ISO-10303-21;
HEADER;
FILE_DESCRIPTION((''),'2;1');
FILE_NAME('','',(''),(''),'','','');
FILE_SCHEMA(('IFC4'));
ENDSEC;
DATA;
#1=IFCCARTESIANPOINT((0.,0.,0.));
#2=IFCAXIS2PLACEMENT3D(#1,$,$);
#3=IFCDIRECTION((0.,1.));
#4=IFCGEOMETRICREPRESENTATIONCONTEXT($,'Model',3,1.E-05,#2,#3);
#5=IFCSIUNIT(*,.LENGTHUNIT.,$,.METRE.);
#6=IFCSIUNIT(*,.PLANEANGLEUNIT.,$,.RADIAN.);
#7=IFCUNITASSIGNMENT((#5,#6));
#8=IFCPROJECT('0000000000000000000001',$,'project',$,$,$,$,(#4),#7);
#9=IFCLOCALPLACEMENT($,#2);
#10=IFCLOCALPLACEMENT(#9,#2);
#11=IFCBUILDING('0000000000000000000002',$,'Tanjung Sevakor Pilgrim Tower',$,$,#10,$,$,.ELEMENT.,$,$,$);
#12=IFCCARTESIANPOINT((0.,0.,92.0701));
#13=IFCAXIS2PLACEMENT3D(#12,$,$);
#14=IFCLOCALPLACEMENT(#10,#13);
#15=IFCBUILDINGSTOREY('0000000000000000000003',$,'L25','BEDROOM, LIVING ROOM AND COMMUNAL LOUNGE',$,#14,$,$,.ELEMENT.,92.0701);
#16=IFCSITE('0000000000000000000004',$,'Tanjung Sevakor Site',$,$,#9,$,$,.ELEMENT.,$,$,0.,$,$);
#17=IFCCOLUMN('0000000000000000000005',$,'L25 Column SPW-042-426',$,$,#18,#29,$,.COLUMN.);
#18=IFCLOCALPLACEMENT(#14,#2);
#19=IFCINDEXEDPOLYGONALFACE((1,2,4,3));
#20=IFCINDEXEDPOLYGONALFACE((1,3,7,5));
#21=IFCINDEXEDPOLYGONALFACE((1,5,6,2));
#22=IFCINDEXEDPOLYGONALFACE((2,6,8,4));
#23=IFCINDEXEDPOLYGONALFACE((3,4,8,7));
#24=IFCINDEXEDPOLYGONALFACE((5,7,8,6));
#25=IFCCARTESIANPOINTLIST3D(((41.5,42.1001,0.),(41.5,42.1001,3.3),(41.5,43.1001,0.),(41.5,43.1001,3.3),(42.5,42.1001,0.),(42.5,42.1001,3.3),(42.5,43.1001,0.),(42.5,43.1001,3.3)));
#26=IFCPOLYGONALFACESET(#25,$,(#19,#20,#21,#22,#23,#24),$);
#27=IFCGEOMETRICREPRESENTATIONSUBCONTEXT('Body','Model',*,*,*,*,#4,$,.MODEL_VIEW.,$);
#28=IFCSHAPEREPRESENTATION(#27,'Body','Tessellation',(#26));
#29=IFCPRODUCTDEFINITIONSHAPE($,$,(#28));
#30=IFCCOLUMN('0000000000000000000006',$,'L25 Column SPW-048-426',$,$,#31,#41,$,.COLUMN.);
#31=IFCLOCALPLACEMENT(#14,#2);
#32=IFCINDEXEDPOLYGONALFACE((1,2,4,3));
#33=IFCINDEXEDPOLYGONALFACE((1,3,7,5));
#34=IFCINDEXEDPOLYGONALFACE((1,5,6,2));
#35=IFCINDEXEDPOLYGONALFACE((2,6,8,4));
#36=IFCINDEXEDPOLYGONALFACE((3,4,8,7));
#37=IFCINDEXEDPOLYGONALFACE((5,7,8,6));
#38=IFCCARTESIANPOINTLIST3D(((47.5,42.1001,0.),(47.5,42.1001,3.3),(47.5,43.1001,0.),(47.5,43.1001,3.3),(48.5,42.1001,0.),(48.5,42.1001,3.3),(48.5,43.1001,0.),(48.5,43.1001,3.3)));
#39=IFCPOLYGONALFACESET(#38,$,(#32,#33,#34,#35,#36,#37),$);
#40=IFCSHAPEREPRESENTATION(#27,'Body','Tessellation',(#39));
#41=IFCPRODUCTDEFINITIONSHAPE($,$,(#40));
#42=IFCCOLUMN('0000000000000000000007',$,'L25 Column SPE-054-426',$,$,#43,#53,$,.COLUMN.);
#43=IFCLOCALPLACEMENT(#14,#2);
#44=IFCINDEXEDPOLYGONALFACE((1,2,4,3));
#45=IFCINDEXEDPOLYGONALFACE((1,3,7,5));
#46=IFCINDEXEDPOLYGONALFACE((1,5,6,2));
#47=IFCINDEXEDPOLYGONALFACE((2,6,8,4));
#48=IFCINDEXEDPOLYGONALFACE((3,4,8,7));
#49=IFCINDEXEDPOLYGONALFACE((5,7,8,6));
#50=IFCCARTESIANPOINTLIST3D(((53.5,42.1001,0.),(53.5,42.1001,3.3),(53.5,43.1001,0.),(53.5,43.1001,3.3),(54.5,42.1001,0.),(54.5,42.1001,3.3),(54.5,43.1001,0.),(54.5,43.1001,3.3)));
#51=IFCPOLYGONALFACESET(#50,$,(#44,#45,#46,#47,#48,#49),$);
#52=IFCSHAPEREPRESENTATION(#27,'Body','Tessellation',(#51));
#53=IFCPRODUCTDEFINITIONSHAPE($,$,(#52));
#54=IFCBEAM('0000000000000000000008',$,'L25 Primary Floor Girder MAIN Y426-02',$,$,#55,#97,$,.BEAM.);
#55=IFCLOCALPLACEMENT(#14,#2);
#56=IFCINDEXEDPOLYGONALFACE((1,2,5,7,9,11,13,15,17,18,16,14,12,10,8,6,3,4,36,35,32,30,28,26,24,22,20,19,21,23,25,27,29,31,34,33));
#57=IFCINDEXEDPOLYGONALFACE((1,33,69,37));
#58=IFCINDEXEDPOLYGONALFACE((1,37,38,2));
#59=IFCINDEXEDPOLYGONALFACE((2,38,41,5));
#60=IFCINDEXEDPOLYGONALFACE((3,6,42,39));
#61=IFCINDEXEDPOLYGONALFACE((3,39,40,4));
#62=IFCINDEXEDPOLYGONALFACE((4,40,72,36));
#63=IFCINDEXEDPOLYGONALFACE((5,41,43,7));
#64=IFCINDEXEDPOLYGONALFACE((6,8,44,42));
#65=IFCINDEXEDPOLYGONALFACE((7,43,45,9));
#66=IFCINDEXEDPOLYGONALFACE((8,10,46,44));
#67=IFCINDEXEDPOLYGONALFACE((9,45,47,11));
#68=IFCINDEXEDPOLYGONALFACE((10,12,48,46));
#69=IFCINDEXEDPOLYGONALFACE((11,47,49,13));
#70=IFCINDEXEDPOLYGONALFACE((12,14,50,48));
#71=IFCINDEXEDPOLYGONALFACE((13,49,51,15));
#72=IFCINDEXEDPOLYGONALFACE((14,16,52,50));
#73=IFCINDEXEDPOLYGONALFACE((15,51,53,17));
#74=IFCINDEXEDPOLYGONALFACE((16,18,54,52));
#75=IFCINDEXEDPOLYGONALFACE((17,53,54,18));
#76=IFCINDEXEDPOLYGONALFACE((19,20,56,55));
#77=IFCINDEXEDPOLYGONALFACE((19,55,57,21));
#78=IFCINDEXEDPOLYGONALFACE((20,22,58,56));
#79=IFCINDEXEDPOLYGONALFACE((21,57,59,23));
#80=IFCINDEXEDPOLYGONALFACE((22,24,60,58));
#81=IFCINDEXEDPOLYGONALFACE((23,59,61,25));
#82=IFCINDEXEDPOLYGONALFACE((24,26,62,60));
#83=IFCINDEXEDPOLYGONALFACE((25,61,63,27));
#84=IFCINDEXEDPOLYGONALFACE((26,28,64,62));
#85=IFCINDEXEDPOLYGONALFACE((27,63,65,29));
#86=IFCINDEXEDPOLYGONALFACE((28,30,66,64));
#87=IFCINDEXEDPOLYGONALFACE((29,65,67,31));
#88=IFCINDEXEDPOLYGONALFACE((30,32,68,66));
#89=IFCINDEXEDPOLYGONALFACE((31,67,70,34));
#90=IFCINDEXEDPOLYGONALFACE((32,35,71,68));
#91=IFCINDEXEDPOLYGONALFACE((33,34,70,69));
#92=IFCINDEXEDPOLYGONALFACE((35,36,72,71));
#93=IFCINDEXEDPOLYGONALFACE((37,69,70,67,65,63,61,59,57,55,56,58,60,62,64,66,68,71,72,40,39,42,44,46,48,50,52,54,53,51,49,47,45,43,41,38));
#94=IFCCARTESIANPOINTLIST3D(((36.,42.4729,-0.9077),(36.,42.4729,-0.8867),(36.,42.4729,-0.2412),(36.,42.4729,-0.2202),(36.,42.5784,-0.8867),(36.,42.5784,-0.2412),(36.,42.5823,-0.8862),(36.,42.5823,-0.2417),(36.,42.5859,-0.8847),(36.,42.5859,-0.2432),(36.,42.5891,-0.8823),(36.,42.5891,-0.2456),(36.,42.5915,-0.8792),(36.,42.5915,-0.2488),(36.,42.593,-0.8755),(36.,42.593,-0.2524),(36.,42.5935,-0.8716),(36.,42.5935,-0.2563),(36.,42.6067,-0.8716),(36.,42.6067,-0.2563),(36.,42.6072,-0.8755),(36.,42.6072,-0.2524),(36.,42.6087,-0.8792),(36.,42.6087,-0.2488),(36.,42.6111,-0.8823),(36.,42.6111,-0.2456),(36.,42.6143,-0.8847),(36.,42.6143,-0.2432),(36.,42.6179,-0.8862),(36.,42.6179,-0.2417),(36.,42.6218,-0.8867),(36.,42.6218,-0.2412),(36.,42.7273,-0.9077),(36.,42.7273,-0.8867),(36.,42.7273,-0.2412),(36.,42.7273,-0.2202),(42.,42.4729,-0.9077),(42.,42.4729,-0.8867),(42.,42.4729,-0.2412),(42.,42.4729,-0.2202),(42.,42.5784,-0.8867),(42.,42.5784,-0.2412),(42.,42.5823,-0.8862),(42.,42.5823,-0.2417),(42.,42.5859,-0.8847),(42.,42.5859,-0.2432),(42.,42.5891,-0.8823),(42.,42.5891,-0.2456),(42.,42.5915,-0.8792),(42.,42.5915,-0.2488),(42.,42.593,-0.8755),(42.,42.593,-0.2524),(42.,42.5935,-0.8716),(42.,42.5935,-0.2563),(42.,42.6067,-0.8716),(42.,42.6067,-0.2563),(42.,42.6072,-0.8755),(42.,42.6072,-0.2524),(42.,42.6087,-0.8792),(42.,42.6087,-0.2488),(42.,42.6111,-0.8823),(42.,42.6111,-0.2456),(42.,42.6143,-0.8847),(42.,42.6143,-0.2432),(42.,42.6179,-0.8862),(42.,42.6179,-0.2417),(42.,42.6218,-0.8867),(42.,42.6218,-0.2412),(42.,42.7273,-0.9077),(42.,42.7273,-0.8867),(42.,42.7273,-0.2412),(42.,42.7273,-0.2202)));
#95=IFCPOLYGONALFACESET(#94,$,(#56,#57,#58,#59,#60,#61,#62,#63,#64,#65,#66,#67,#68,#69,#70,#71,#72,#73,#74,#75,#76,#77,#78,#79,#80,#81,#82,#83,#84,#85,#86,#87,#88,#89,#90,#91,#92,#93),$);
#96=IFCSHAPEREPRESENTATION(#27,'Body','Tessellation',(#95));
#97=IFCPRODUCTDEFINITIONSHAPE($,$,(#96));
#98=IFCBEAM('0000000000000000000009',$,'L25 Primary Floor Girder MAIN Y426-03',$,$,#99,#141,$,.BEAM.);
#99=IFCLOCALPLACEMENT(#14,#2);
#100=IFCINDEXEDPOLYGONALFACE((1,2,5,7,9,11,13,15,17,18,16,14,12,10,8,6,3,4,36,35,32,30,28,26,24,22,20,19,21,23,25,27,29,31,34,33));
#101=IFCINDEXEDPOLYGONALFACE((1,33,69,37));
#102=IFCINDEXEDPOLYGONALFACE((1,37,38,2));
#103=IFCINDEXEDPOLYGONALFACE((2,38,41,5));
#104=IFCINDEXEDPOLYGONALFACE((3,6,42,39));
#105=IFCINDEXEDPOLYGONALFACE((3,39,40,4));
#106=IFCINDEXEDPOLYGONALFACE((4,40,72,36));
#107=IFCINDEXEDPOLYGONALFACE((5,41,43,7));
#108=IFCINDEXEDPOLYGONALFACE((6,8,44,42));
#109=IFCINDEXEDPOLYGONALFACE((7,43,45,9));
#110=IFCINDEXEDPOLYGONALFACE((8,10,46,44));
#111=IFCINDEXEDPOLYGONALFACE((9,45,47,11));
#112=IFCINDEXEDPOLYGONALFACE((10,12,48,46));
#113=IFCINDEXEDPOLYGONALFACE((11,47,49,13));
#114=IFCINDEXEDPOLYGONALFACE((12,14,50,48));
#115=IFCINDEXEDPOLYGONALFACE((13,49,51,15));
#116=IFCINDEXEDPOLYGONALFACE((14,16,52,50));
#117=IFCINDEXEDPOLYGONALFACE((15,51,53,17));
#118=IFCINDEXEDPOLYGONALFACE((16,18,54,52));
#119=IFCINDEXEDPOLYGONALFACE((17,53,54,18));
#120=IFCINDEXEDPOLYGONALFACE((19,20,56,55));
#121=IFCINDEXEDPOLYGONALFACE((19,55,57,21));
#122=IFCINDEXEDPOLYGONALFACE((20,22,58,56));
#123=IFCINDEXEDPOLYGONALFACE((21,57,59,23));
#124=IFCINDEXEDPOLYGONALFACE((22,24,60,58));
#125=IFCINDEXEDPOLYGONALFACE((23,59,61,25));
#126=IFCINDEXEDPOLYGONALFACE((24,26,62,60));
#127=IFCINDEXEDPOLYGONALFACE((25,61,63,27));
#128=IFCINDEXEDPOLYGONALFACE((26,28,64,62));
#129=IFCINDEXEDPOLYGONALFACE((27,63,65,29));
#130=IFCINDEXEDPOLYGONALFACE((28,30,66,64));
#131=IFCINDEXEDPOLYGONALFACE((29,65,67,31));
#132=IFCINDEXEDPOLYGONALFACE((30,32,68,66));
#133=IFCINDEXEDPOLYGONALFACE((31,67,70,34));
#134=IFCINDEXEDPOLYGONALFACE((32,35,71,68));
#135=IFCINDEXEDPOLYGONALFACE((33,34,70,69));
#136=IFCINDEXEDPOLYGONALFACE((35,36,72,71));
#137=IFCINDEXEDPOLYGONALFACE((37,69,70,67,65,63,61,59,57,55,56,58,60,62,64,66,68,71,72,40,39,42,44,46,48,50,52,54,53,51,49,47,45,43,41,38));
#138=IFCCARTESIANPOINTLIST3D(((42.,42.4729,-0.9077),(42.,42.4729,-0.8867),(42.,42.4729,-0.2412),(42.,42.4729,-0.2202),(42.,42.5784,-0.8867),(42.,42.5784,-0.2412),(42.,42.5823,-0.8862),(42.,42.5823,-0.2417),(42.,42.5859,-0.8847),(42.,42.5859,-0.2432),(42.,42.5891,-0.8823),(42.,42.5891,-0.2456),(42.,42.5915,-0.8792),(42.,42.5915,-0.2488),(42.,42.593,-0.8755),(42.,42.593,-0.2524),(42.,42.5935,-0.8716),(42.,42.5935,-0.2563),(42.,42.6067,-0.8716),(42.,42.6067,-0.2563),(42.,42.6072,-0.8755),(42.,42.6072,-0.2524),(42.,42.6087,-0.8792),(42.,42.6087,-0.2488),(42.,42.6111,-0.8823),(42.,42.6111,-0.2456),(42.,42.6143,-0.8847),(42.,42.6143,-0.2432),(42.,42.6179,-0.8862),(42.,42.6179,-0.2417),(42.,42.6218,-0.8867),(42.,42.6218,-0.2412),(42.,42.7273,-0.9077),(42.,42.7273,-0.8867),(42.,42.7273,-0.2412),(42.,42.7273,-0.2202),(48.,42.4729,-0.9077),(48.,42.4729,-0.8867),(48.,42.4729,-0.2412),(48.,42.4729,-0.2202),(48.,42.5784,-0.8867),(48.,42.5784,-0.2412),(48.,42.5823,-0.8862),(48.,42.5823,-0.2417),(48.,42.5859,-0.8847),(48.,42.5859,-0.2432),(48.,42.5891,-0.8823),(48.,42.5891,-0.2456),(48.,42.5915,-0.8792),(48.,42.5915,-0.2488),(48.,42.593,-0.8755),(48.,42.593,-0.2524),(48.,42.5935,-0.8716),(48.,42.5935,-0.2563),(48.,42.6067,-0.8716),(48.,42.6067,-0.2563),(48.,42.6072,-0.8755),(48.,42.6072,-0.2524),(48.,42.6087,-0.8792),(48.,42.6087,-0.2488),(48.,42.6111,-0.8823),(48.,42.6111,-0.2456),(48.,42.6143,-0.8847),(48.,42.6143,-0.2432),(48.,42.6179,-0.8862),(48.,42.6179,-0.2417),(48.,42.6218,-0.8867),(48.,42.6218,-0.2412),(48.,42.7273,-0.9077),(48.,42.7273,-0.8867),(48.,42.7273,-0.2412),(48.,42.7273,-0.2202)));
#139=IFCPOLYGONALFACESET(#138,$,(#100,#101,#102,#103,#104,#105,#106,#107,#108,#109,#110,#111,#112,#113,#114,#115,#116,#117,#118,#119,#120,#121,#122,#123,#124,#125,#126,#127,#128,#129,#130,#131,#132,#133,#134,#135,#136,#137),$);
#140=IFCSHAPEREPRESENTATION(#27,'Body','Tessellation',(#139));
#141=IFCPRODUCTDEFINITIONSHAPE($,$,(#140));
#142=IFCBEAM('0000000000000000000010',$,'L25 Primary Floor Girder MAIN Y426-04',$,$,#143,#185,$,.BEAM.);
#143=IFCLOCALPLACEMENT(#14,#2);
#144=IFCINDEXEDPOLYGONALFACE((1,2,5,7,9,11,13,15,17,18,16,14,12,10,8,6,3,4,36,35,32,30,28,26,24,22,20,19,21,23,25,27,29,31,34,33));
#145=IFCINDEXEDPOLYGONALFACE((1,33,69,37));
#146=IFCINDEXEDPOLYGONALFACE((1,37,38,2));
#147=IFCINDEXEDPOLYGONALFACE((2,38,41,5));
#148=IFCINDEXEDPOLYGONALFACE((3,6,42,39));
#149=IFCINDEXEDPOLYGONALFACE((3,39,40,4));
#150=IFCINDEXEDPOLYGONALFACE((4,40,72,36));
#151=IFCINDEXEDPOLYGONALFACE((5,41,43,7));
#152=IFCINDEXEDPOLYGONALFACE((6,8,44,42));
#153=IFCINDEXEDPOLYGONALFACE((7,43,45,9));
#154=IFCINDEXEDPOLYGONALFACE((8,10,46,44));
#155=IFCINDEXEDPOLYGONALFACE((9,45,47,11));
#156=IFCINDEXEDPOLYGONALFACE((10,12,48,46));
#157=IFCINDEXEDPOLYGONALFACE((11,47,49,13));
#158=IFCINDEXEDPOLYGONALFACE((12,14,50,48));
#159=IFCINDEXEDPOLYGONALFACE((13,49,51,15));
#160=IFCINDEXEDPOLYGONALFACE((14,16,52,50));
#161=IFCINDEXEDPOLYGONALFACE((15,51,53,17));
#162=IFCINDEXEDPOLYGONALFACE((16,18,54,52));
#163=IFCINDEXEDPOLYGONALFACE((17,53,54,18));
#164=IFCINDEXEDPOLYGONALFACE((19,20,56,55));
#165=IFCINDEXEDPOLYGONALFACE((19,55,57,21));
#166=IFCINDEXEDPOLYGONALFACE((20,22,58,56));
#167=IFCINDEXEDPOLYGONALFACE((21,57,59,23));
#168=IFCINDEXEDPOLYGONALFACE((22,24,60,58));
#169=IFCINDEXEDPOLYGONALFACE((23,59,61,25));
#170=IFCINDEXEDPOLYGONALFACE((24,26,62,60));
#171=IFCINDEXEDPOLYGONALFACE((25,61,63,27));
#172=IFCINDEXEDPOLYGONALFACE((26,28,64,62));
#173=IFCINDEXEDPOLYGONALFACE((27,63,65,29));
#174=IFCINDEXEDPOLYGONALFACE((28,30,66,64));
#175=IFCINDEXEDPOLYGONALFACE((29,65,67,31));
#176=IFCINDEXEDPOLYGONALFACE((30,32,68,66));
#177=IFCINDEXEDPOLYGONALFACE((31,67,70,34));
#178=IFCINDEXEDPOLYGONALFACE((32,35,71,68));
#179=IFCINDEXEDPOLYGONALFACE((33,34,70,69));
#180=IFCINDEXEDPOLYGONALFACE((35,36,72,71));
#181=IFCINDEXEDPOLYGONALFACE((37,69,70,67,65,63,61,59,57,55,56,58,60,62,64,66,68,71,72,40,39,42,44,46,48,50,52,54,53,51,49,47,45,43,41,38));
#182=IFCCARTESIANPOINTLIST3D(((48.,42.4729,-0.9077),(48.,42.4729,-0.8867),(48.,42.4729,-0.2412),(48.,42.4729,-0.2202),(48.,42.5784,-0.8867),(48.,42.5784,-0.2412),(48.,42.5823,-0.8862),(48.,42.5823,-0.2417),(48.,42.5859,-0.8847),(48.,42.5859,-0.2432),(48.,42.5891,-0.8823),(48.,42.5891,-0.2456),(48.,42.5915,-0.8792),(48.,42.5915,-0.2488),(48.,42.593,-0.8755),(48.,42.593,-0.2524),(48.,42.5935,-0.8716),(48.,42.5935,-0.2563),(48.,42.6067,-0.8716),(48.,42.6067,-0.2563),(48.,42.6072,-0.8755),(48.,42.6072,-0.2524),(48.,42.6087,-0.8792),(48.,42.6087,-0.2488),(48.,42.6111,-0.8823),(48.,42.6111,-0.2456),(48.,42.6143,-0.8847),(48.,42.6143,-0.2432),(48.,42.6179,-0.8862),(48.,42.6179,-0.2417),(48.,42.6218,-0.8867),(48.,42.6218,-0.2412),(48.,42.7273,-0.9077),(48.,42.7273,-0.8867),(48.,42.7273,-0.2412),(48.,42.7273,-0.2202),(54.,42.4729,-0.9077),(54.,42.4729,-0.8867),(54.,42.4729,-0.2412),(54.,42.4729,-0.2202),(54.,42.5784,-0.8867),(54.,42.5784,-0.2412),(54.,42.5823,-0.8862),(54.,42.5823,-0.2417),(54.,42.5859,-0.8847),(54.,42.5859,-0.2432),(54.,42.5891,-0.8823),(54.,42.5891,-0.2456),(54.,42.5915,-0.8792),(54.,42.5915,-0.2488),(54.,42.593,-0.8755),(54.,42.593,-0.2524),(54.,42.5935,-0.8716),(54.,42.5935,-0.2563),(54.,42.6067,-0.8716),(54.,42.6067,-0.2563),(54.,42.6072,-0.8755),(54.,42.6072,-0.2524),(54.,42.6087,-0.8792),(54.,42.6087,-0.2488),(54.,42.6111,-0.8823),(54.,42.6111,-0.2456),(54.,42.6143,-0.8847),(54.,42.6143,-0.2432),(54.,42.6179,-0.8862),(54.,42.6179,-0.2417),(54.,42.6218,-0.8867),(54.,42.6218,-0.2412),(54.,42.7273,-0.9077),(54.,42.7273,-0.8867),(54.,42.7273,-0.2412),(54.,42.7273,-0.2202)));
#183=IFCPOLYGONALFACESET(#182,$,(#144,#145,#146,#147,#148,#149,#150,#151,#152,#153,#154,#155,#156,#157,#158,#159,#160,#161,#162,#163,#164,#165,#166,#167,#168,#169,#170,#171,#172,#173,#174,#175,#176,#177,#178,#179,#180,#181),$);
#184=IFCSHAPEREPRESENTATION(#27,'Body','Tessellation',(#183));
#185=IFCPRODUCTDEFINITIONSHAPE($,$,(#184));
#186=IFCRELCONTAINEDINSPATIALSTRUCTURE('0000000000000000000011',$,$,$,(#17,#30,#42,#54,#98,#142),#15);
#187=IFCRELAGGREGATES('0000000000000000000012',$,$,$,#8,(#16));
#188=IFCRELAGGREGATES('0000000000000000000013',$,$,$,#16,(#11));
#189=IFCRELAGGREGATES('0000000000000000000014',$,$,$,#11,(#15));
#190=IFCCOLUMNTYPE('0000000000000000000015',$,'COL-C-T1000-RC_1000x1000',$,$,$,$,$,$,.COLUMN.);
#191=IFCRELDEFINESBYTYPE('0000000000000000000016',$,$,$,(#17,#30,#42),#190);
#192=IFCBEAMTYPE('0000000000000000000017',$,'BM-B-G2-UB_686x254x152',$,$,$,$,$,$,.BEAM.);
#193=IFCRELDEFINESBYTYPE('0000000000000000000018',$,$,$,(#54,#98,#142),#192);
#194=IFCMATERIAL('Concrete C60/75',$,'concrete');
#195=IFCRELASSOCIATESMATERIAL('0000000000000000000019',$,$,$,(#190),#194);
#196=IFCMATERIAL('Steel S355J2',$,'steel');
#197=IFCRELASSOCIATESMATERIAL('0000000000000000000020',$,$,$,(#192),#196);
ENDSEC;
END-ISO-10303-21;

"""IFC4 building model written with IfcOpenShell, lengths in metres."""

from ifc_helpers import new_model, si_unit, direction, frame, origin, origin_2d, place, context, subcontext, project, spatial, rectangle, i_section, extrude, material, material_profile, profile_set, type_object, element, save


model = new_model("IFC4")

# Units and contexts
model_context = context("Model", 3, precision=1e-05, world=origin(), true_north=direction((0.0, 1.0)))
body_context = subcontext(model_context, "Body", "Model", "MODEL_VIEW")
ifc_project = project(units=[si_unit("LENGTHUNIT", "METRE"), si_unit("PLANEANGLEUNIT", "RADIAN")], contexts=[model_context])

# Site, building, storey
site_placement = place(None, origin())
site = spatial("IfcSite", under=ifc_project, at=site_placement, Name="Tanjung Sevakor Site", CompositionType="ELEMENT", RefElevation=0.0)
building_placement = place(site_placement, origin())
building = spatial("IfcBuilding", under=site, at=building_placement, Name="Tanjung Sevakor Pilgrim Tower", CompositionType="ELEMENT")
storey_placement = place(building_placement, frame((0.0, 0.0, 92.0701)))
storey = spatial("IfcBuildingStorey", under=building, at=storey_placement, Name="L25", Description="BEDROOM, LIVING ROOM AND COMMUNAL LOUNGE", CompositionType="ELEMENT", Elevation=92.0701)

# Columns
ifc_material_1 = material(Name="Concrete C60/75", Category="concrete")
ifc_material_profile_1 = material_profile(ifc_material_1, rectangle(XDim=1.0, YDim=1.0, at=origin_2d()))
ifc_profile_set_1 = profile_set([ifc_material_profile_1], Name="Concrete C60/75")
column_type = type_object("IfcColumnType", Name="COL-C-T1000-RC_1000x1000", PredefinedType="COLUMN", material=ifc_profile_set_1)
for number, where, z_axis, x_axis, name in (
    (1, (42.0, 42.6001, 0.0), (0.0, 0.0, 1.0), (1.0, 0.0, 0.0), "L25 Column SPW-042-426"),
    (2, (48.0, 42.6001, 0.0), (0.0, 0.0, 1.0), (1.0, 0.0, 0.0), "L25 Column SPW-048-426"),
    (3, (54.0, 42.6001, 0.0), (0.0, 0.0, 1.0), (1.0, 0.0, 0.0), "L25 Column SPE-054-426"),
):
    element("IfcColumn", number, at=place(storey_placement, frame(where, z_axis=z_axis, x_axis=x_axis)), inside=storey, type_object=column_type, Name=name, PredefinedType="COLUMN", context=body_context, shape_type="SweptSolid", body=[
        extrude(rectangle(XDim=1.0, YDim=1.0, at=origin_2d()), origin(), (0.0, 0.0, 1.0), 3.3),
    ])

# Beams
ifc_material_2 = material(Name="Steel S355J2", Category="steel")
ifc_material_profile_2 = material_profile(ifc_material_2, i_section(OverallWidth=0.2544, OverallDepth=0.6875, WebThickness=0.0132, FlangeThickness=0.021, FilletRadius=0.0151, at=origin_2d()))
ifc_profile_set_2 = profile_set([ifc_material_profile_2], Name="Steel S355J2")
beam_type_1 = type_object("IfcBeamType", Name="BM-B-G2-UB_686x254x152", PredefinedType="BEAM", material=ifc_profile_set_2)
for number, where, z_axis, x_axis, name in (
    (4, (36.0, 42.6001, -0.564), (1.0, 0.0, 0.0), (0.0, 1.0, 0.0), "L25 Primary Floor Girder MAIN Y426-02"),
    (5, (42.0, 42.6001, -0.564), (1.0, 0.0, 0.0), (0.0, 1.0, 0.0), "L25 Primary Floor Girder MAIN Y426-03"),
    (6, (48.0, 42.6001, -0.564), (1.0, 0.0, 0.0), (0.0, 1.0, 0.0), "L25 Primary Floor Girder MAIN Y426-04"),
):
    element("IfcBeam", number, at=place(storey_placement, frame(where, z_axis=z_axis, x_axis=x_axis)), inside=storey, type_object=beam_type_1, Name=name, PredefinedType="BEAM", context=body_context, shape_type="SweptSolid", body=[
        extrude(i_section(OverallWidth=0.2544, OverallDepth=0.6875, WebThickness=0.0132, FlangeThickness=0.021, FilletRadius=0.0151, at=origin_2d()), origin(), (0.0, 0.0, 1.0), 6.0),
    ])

save(model, "model.ifc")
